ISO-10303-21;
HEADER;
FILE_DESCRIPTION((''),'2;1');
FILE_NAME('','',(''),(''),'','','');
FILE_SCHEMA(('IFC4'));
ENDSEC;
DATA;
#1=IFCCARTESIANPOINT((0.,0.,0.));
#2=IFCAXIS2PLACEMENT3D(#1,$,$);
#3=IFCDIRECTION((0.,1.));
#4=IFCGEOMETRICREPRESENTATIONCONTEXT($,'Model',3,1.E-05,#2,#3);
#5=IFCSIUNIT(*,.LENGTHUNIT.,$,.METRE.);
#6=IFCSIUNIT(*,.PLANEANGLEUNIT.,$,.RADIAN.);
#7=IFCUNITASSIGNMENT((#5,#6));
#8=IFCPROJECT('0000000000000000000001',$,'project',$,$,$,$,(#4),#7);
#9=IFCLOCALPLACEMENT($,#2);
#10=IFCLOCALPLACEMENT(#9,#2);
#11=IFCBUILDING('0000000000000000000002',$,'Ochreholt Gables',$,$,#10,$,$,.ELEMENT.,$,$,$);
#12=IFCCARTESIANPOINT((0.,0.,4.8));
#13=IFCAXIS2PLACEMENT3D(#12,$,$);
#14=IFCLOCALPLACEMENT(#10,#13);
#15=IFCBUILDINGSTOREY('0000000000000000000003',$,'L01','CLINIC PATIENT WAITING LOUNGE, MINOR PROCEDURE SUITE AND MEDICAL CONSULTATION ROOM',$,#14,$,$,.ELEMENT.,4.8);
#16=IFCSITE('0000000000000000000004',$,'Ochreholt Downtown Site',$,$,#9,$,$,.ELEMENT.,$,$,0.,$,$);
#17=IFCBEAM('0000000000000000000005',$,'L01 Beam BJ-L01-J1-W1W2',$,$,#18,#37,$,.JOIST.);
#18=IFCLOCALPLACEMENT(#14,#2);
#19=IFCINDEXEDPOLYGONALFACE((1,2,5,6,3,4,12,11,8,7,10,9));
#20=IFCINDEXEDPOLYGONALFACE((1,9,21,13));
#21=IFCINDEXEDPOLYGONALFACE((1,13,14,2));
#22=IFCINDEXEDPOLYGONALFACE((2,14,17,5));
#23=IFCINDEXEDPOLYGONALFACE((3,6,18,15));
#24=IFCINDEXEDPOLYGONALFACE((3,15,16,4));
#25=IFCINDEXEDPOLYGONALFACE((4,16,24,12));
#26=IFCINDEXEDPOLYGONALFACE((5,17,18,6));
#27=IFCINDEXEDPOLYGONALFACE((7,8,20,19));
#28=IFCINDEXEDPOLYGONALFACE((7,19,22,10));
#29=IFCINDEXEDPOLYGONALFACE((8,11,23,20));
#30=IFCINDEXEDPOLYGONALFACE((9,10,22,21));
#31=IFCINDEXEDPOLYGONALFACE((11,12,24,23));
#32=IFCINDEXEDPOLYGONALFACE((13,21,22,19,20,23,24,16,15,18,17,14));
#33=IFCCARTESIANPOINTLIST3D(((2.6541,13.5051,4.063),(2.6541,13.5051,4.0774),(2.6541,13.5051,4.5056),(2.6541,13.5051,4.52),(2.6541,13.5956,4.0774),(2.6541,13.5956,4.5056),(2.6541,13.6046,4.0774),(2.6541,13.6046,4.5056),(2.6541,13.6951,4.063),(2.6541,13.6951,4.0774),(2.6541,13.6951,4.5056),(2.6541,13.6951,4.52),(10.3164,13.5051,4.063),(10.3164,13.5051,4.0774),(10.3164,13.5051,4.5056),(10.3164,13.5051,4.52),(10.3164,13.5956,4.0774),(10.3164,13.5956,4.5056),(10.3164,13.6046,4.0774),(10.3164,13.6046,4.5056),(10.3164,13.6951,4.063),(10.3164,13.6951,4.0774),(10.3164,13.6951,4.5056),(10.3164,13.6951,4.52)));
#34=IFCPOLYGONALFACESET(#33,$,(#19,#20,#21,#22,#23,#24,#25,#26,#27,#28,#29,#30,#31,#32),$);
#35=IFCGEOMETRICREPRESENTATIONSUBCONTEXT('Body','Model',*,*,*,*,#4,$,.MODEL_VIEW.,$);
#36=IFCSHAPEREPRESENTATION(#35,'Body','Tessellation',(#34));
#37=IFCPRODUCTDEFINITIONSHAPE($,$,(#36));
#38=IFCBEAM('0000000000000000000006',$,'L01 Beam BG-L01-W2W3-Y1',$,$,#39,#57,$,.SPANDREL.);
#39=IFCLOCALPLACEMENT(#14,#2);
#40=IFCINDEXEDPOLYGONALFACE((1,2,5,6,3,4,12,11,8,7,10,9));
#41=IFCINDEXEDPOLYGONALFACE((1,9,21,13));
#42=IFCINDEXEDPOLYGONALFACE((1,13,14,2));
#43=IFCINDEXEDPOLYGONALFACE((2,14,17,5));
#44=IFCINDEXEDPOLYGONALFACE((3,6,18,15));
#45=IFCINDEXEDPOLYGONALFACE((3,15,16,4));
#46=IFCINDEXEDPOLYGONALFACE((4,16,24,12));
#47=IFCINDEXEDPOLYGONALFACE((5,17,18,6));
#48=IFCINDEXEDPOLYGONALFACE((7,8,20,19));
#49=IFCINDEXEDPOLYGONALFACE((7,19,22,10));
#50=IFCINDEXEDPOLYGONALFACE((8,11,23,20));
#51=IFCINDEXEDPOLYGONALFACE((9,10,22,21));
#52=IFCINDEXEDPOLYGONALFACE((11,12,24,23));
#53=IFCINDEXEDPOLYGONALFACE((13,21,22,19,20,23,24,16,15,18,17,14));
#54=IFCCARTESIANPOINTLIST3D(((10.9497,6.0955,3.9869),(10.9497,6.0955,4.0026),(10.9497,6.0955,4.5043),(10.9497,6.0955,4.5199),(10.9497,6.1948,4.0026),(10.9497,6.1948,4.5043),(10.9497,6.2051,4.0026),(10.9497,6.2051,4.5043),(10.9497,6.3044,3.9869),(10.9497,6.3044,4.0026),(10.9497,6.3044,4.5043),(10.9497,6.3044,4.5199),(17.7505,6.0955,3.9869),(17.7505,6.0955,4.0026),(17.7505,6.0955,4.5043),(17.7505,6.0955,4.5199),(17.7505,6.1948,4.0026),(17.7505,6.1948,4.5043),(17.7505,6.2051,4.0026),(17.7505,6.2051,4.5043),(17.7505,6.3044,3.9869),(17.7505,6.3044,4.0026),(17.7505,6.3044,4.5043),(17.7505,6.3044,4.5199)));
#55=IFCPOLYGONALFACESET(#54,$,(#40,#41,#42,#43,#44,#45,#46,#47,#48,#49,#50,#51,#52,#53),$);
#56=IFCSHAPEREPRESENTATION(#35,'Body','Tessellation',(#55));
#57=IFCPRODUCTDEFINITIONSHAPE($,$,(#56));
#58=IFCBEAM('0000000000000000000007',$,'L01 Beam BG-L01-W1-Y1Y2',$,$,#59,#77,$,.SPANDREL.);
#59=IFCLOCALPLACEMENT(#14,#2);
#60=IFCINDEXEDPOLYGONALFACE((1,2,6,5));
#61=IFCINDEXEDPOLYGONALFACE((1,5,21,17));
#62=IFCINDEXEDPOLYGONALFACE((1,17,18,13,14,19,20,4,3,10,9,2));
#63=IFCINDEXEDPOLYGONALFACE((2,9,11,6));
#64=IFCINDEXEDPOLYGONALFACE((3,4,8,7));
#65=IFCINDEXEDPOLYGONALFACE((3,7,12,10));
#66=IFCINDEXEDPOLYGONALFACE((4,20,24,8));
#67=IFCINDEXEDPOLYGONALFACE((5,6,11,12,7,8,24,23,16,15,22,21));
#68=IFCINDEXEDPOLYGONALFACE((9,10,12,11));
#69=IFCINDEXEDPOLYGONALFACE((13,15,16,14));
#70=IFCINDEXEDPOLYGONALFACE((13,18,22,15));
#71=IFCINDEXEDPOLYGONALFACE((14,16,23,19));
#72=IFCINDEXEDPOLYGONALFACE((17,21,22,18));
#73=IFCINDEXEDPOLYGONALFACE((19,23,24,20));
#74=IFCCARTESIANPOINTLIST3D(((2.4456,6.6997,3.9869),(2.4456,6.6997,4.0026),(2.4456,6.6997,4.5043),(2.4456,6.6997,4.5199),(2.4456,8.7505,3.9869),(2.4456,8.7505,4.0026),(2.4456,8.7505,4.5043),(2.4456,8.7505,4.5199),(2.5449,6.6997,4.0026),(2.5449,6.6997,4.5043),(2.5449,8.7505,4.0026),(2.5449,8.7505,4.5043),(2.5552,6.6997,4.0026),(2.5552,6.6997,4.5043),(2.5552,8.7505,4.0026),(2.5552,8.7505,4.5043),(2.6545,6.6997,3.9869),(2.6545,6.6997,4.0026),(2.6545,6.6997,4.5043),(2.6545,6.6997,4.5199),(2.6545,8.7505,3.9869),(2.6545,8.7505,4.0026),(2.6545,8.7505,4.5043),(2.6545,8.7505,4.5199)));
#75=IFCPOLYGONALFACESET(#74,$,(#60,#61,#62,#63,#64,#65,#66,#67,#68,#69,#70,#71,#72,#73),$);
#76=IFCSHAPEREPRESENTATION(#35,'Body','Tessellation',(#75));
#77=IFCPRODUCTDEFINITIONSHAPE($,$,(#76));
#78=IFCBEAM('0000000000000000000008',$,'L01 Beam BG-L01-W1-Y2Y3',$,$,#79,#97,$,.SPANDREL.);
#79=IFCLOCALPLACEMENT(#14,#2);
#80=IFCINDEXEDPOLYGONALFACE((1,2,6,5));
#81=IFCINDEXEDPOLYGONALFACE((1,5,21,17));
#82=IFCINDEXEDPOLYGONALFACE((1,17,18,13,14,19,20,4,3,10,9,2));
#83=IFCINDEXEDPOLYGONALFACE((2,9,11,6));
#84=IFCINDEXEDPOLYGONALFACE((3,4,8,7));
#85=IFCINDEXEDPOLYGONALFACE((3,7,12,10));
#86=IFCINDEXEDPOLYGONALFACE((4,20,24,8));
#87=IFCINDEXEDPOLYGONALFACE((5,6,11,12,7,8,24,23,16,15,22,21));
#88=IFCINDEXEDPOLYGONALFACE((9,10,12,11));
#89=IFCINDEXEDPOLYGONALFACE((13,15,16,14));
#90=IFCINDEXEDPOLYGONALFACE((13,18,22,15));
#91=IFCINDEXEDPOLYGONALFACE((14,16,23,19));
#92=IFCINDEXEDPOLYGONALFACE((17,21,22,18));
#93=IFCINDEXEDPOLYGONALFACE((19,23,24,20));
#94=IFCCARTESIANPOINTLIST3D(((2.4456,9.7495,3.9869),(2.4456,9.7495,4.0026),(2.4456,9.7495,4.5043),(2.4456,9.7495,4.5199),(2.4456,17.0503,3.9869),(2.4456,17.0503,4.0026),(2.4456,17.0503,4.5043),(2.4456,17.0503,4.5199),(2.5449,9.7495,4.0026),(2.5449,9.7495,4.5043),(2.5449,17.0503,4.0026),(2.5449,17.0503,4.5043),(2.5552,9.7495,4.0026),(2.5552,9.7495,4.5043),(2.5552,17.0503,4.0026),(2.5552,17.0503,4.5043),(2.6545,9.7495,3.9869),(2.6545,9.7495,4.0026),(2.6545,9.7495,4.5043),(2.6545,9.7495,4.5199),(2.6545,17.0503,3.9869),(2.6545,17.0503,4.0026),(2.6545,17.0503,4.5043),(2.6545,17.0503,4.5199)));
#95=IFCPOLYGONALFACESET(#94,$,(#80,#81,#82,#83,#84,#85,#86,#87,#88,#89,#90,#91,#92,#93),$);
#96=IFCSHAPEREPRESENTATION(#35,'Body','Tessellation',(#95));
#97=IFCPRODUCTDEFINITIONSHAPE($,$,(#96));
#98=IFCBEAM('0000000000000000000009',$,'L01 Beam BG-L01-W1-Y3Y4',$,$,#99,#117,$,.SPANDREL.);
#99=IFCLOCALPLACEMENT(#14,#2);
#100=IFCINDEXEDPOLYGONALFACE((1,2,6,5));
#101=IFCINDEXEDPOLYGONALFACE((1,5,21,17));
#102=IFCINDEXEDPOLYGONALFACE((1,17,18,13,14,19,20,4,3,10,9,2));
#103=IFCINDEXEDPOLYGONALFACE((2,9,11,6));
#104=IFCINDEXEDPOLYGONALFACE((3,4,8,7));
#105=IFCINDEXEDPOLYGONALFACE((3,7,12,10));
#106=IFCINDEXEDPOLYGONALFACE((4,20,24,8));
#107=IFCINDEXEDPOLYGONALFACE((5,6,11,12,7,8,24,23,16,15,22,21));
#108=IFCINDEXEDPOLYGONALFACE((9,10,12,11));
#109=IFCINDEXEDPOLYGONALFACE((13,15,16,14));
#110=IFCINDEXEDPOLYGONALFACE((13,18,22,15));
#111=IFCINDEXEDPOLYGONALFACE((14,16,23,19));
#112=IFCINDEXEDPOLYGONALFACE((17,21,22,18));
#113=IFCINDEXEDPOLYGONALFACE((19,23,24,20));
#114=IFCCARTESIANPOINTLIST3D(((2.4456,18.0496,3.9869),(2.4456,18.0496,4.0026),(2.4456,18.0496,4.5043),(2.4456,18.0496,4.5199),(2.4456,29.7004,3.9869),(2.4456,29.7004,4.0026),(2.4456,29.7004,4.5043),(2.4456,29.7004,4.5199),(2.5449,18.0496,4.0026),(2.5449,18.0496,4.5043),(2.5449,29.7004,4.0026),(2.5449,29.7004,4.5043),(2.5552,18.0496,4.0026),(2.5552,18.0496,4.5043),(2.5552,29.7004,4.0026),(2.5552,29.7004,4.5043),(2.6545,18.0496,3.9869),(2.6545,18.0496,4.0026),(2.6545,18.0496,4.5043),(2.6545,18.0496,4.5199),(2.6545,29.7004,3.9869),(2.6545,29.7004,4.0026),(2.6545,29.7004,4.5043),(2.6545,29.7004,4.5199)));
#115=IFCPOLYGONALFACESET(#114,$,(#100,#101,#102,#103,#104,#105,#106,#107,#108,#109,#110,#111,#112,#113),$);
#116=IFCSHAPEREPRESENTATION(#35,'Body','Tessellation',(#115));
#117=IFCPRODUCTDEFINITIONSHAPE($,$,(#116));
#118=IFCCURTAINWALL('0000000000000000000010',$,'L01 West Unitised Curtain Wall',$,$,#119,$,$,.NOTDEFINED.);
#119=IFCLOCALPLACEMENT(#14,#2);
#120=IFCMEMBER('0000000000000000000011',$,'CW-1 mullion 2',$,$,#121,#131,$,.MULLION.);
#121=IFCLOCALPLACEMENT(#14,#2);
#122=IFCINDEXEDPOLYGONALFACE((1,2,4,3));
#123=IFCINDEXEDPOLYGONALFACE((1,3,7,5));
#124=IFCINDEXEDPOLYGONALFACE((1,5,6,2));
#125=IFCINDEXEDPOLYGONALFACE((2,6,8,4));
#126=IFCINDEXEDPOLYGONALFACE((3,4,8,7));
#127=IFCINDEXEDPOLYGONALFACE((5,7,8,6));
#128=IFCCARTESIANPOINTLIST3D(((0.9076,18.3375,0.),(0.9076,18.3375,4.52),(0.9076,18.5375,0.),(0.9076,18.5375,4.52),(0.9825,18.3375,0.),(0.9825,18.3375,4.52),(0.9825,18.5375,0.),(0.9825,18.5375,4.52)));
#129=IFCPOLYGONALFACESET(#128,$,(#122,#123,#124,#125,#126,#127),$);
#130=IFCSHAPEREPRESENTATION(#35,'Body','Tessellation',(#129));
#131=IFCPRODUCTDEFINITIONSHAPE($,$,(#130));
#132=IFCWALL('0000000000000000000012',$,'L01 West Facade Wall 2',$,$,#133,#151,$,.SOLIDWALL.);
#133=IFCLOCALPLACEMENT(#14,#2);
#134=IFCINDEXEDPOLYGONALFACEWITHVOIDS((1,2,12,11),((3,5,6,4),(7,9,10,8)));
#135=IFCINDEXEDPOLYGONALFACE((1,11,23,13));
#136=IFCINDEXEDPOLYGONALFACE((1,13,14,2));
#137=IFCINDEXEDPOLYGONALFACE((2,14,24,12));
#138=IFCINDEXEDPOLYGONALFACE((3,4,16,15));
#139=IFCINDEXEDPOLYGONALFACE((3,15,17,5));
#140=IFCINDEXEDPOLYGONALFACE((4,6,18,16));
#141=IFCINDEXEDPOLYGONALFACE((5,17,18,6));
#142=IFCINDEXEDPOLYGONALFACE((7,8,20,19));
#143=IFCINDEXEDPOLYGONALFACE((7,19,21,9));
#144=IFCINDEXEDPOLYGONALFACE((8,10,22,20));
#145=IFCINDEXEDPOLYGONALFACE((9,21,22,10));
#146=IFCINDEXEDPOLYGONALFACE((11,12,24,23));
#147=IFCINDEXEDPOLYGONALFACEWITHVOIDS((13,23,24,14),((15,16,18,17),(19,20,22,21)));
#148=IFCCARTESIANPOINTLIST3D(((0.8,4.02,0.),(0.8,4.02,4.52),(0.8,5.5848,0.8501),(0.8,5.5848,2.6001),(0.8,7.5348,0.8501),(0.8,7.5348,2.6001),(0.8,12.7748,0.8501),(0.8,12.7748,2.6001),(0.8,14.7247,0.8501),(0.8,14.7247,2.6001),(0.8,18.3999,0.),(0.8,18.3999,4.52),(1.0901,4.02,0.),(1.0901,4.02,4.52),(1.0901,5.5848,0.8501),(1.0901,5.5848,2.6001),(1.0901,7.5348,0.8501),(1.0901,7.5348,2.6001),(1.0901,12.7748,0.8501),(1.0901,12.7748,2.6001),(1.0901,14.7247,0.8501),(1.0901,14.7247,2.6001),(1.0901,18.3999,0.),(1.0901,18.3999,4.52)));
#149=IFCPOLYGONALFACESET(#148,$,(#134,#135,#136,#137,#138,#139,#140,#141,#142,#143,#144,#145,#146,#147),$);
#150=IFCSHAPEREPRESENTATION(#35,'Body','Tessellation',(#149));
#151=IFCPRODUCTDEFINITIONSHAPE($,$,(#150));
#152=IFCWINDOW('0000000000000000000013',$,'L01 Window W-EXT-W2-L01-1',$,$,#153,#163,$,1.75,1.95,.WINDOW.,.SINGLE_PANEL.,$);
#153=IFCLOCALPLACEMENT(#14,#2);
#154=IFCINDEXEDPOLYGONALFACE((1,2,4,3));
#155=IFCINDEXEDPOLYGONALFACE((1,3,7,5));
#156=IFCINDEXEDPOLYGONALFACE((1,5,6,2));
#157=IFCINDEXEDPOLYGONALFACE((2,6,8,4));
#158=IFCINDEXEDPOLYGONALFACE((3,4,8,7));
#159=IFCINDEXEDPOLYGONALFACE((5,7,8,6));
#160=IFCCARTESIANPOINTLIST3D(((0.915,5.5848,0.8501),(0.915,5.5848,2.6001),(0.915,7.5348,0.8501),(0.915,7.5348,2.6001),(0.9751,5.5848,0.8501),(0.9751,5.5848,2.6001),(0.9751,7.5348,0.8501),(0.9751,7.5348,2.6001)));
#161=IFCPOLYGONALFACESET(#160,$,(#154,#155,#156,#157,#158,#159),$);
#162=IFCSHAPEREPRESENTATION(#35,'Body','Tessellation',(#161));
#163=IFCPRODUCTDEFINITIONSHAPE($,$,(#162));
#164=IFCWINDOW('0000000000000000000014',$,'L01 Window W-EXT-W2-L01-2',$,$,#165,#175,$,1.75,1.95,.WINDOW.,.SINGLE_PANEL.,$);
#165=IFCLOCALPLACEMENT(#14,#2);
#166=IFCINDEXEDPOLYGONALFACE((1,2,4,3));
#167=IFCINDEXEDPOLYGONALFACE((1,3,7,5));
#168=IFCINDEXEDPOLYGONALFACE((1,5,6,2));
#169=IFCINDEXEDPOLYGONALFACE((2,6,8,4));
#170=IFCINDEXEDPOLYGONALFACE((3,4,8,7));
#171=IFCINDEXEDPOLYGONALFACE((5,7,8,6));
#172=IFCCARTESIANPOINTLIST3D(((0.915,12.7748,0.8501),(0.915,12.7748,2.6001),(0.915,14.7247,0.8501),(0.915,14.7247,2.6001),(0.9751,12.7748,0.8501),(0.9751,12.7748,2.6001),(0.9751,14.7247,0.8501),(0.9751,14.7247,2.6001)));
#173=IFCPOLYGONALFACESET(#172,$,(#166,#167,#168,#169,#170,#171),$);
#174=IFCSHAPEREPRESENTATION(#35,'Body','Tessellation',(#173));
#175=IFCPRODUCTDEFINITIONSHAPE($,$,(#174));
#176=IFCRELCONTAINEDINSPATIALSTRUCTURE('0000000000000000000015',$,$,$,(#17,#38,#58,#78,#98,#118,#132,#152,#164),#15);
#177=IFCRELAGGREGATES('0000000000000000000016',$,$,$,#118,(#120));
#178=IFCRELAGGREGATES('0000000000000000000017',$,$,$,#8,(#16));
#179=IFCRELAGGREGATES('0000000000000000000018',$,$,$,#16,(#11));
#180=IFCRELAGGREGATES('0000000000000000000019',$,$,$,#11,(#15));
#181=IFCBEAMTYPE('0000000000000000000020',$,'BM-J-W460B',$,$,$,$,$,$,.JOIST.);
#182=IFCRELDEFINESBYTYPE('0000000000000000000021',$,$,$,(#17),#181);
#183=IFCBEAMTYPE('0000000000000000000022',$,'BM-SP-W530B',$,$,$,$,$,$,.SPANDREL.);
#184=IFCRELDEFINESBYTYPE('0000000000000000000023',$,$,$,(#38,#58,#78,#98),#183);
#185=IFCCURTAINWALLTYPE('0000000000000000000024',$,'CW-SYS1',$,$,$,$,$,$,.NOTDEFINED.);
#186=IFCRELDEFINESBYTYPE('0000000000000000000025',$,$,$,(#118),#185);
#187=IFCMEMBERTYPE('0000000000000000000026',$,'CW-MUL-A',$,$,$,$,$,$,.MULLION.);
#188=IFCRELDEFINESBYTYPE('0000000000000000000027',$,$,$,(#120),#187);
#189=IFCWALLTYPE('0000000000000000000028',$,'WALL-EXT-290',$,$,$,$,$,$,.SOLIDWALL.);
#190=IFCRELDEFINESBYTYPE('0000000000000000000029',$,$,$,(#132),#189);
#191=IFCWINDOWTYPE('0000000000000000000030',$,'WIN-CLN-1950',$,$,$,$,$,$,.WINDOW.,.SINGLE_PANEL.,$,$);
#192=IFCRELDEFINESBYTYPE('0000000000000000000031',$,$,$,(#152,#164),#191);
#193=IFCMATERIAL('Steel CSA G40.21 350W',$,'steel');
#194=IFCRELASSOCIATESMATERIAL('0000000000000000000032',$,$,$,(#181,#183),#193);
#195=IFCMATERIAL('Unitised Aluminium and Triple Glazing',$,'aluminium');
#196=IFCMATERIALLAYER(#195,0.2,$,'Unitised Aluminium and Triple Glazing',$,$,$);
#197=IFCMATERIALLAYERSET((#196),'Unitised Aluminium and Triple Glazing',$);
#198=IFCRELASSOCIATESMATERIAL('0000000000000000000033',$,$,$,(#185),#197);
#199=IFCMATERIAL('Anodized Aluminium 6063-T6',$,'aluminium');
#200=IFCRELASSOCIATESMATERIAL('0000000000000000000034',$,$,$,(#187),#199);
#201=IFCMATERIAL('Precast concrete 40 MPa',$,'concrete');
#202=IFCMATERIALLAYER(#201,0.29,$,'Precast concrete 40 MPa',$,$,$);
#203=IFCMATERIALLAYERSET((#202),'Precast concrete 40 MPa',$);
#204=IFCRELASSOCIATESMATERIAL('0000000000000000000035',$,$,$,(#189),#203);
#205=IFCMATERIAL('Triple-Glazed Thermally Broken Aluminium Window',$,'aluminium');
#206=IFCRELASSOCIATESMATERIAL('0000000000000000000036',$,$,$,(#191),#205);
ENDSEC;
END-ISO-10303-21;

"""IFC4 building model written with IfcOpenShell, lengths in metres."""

from ifc_helpers import new_model, si_unit, direction, frame, frame_2d, origin, origin_2d, place, context, subcontext, project, spatial, rectangle, i_section, extrude, material, layer, layer_set, material_profile, profile_set, type_object, element, fill, aggregate, save


model = new_model("IFC4")

# Units and contexts
model_context = context("Model", 3, precision=1e-05, world=origin(), true_north=direction((0.0, 1.0)))
body_context = subcontext(model_context, "Body", "Model", "MODEL_VIEW")
ifc_project = project(units=[si_unit("LENGTHUNIT", "METRE"), si_unit("PLANEANGLEUNIT", "RADIAN")], contexts=[model_context])

# Site, building, storey
site_placement = place(None, origin())
site = spatial("IfcSite", under=ifc_project, at=site_placement, Name="Ochreholt Downtown Site", CompositionType="ELEMENT", RefElevation=0.0)
building_placement = place(site_placement, origin())
building = spatial("IfcBuilding", under=site, at=building_placement, Name="Ochreholt Gables", CompositionType="ELEMENT")
storey_placement = place(building_placement, frame((0.0, 0.0, 4.8)))
storey = spatial("IfcBuildingStorey", under=building, at=storey_placement, Name="L01", Description="CLINIC PATIENT WAITING LOUNGE, MINOR PROCEDURE SUITE AND MEDICAL CONSULTATION ROOM", CompositionType="ELEMENT", Elevation=4.8)

# Beams
ifc_material_1 = material(Name="Steel CSA G40.21 350W", Category="steel")
ifc_material_profile_1 = material_profile(ifc_material_1, i_section(OverallWidth=0.1899, OverallDepth=0.457, WebThickness=0.009, FlangeThickness=0.0144, at=origin_2d()), Name="W460X74")
ifc_profile_set_1 = profile_set([ifc_material_profile_1], Name="Steel CSA G40.21 350W")
beam_type_1 = type_object("IfcBeamType", Name="BM-J-W460B", PredefinedType="JOIST", material=ifc_profile_set_1)
beam_1_placement = place(storey_placement, frame((2.6541, 13.6001, 4.2915), z_axis=(1.0, 0.0, 0.0), x_axis=(0.0, 1.0, 0.0)))
element("IfcBeam", 1, at=beam_1_placement, inside=storey, type_object=beam_type_1, Name="L01 Beam BJ-L01-J1-W1W2", PredefinedType="JOIST", context=body_context, shape_type="SweptSolid", body=[
    extrude(i_section(OverallWidth=0.1899, OverallDepth=0.457, WebThickness=0.009, FlangeThickness=0.0144, at=origin_2d()), origin(), (0.0, 0.0, 1.0), 7.6624),
])
ifc_material_profile_2 = material_profile(ifc_material_1, i_section(OverallWidth=0.209, OverallDepth=0.533, WebThickness=0.0103, FlangeThickness=0.0156, at=origin_2d()), Name="W530X92")
ifc_profile_set_2 = profile_set([ifc_material_profile_2], Name="Steel CSA G40.21 350W")
beam_type_2 = type_object("IfcBeamType", Name="BM-SP-W530B", PredefinedType="SPANDREL", material=ifc_profile_set_2)
beam_2_placement = place(storey_placement, frame((10.9497, 6.2, 4.2534), z_axis=(1.0, 0.0, 0.0), x_axis=(0.0, 1.0, 0.0)))
element("IfcBeam", 2, at=beam_2_placement, inside=storey, type_object=beam_type_2, Name="L01 Beam BG-L01-W2W3-Y1", PredefinedType="SPANDREL", context=body_context, shape_type="SweptSolid", body=[
    extrude(i_section(OverallWidth=0.209, OverallDepth=0.533, WebThickness=0.0103, FlangeThickness=0.0156, at=origin_2d()), origin(), (0.0, 0.0, 1.0), 6.8008),
])
beam_3_placement = place(storey_placement, frame((2.55, 6.6997, 4.2534), z_axis=(0.0, 1.0, 0.0), x_axis=(-1.0, 0.0, 0.0)))
element("IfcBeam", 3, at=beam_3_placement, inside=storey, type_object=beam_type_2, Name="L01 Beam BG-L01-W1-Y1Y2", PredefinedType="SPANDREL", context=body_context, shape_type="SweptSolid", body=[
    extrude(i_section(OverallWidth=0.209, OverallDepth=0.533, WebThickness=0.0103, FlangeThickness=0.0156, at=origin_2d()), origin(), (0.0, 0.0, 1.0), 2.0508),
])
beam_4_placement = place(storey_placement, frame((2.55, 9.7495, 4.2534), z_axis=(0.0, 1.0, 0.0), x_axis=(-1.0, 0.0, 0.0)))
element("IfcBeam", 4, at=beam_4_placement, inside=storey, type_object=beam_type_2, Name="L01 Beam BG-L01-W1-Y2Y3", PredefinedType="SPANDREL", context=body_context, shape_type="SweptSolid", body=[
    extrude(i_section(OverallWidth=0.209, OverallDepth=0.533, WebThickness=0.0103, FlangeThickness=0.0156, at=origin_2d()), origin(), (0.0, 0.0, 1.0), 7.3008),
])
beam_5_placement = place(storey_placement, frame((2.55, 18.0496, 4.2534), z_axis=(0.0, 1.0, 0.0), x_axis=(-1.0, 0.0, 0.0)))
element("IfcBeam", 5, at=beam_5_placement, inside=storey, type_object=beam_type_2, Name="L01 Beam BG-L01-W1-Y3Y4", PredefinedType="SPANDREL", context=body_context, shape_type="SweptSolid", body=[
    extrude(i_section(OverallWidth=0.209, OverallDepth=0.533, WebThickness=0.0103, FlangeThickness=0.0156, at=origin_2d()), origin(), (0.0, 0.0, 1.0), 11.6509),
])

# Curtain wall, member
ifc_material_2 = material(Name="Unitised Aluminium and Triple Glazing", Category="aluminium")
ifc_layer_1 = layer(ifc_material_2, 0.2, Name="Unitised Aluminium and Triple Glazing")
ifc_layer_set_1 = layer_set([ifc_layer_1], Name="Unitised Aluminium and Triple Glazing")
curtain_wall_type = type_object("IfcCurtainWallType", Name="CW-SYS1", PredefinedType="NOTDEFINED", material=ifc_layer_set_1)
curtain_wall_placement = place(storey_placement, origin())
curtain_wall = element("IfcCurtainWall", 6, at=curtain_wall_placement, inside=storey, type_object=curtain_wall_type, Name="L01 West Unitised Curtain Wall", PredefinedType="NOTDEFINED")
ifc_material_3 = material(Name="Anodized Aluminium 6063-T6", Category="aluminium")
ifc_material_profile_3 = material_profile(ifc_material_3, rectangle(XDim=0.075, YDim=0.2, at=origin_2d()), Name="CWM75X200")
ifc_profile_set_3 = profile_set([ifc_material_profile_3], Name="Anodized Aluminium 6063-T6")
member_type = type_object("IfcMemberType", Name="CW-MUL-A", PredefinedType="MULLION", material=ifc_profile_set_3)
member_placement = place(storey_placement, frame((0.9451, 18.4375, 0.0), z_axis=(0.0, 0.0, 1.0), x_axis=(1.0, 0.0, 0.0)))
member = element("IfcMember", 7, at=member_placement, type_object=member_type, Name="CW-1 mullion 2", PredefinedType="MULLION", context=body_context, shape_type="SweptSolid", body=[
    extrude(rectangle(XDim=0.075, YDim=0.2, at=origin_2d()), origin(), (0.0, 0.0, 1.0), 4.52),
])
aggregate(curtain_wall, [member])

# Wall, openings, windows
ifc_material_4 = material(Name="Precast concrete 40 MPa", Category="concrete")
ifc_layer_2 = layer(ifc_material_4, 0.29, Name="Precast concrete 40 MPa")
ifc_layer_set_2 = layer_set([ifc_layer_2], Name="Precast concrete 40 MPa")
wall_type_1 = type_object("IfcWallType", Name="WALL-EXT-290", PredefinedType="SOLIDWALL", material=ifc_layer_set_2)
wall_1_placement = place(storey_placement, frame((0.9451, 18.3999, 0.0), z_axis=(0.0, 0.0, 1.0), x_axis=(0.0, -1.0, 0.0)))
wall_1 = element("IfcWall", 8, at=wall_1_placement, inside=storey, type_object=wall_type_1, Name="L01 West Facade Wall 2", PredefinedType="SOLIDWALL", context=body_context, shape_type="SweptSolid", body=[
    extrude(rectangle(XDim=14.3799, YDim=0.29, at=frame_2d((7.1899, 0.0))), origin(), (0.0, 0.0, 1.0), 4.52),
])
opening_1_placement = place(wall_1_placement, frame((10.865, 0.0, 0.8501)))
opening_1 = element("IfcOpeningElement", 9, at=opening_1_placement, cuts=wall_1, PredefinedType="OPENING", context=body_context, shape_type="SweptSolid", body=[
    extrude(rectangle(XDim=1.95, YDim=1.75, at=frame_2d((0.9751, 0.875))), frame((0.0, 0.155, 0.0), z_axis=(0.0, -1.0, 0.0), x_axis=(1.0, 0.0, 0.0)), (0.0, 0.0, 1.0), 0.3101),
])
opening_2_placement = place(wall_1_placement, frame((3.675, 0.0, 0.8501)))
opening_2 = element("IfcOpeningElement", 10, at=opening_2_placement, cuts=wall_1, PredefinedType="OPENING", context=body_context, shape_type="SweptSolid", body=[
    extrude(rectangle(XDim=1.95, YDim=1.75, at=frame_2d((0.9751, 0.875))), frame((0.0, 0.155, 0.0), z_axis=(0.0, -1.0, 0.0), x_axis=(1.0, 0.0, 0.0)), (0.0, 0.0, 1.0), 0.3101),
])
ifc_material_5 = material(Name="Triple-Glazed Thermally Broken Aluminium Window", Category="aluminium")
window_type = type_object("IfcWindowType", Name="WIN-CLN-1950", PartitioningType="SINGLE_PANEL", PredefinedType="WINDOW", material=ifc_material_5)
window_1_placement = place(opening_1_placement, origin())
window_1 = element("IfcWindow", 11, at=window_1_placement, inside=storey, type_object=window_type, Name="L01 Window W-EXT-W2-L01-1", OverallHeight=1.75, OverallWidth=1.95, PartitioningType="SINGLE_PANEL", PredefinedType="WINDOW", context=body_context, shape_type="SweptSolid", body=[
    extrude(rectangle(XDim=1.95, YDim=1.75, at=frame_2d((0.9751, 0.875))), frame((0.0, 0.03, 0.0), z_axis=(0.0, -1.0, 0.0), x_axis=(1.0, 0.0, 0.0)), (0.0, 0.0, 1.0), 0.0601),
])
fill(opening_1, window_1)
window_2_placement = place(opening_2_placement, origin())
window_2 = element("IfcWindow", 12, at=window_2_placement, inside=storey, type_object=window_type, Name="L01 Window W-EXT-W2-L01-2", OverallHeight=1.75, OverallWidth=1.95, PartitioningType="SINGLE_PANEL", PredefinedType="WINDOW", context=body_context, shape_type="SweptSolid", body=[
    extrude(rectangle(XDim=1.95, YDim=1.75, at=frame_2d((0.9751, 0.875))), frame((0.0, 0.03, 0.0), z_axis=(0.0, -1.0, 0.0), x_axis=(1.0, 0.0, 0.0)), (0.0, 0.0, 1.0), 0.0601),
])
fill(opening_2, window_2)

save(model, "model.ifc")
